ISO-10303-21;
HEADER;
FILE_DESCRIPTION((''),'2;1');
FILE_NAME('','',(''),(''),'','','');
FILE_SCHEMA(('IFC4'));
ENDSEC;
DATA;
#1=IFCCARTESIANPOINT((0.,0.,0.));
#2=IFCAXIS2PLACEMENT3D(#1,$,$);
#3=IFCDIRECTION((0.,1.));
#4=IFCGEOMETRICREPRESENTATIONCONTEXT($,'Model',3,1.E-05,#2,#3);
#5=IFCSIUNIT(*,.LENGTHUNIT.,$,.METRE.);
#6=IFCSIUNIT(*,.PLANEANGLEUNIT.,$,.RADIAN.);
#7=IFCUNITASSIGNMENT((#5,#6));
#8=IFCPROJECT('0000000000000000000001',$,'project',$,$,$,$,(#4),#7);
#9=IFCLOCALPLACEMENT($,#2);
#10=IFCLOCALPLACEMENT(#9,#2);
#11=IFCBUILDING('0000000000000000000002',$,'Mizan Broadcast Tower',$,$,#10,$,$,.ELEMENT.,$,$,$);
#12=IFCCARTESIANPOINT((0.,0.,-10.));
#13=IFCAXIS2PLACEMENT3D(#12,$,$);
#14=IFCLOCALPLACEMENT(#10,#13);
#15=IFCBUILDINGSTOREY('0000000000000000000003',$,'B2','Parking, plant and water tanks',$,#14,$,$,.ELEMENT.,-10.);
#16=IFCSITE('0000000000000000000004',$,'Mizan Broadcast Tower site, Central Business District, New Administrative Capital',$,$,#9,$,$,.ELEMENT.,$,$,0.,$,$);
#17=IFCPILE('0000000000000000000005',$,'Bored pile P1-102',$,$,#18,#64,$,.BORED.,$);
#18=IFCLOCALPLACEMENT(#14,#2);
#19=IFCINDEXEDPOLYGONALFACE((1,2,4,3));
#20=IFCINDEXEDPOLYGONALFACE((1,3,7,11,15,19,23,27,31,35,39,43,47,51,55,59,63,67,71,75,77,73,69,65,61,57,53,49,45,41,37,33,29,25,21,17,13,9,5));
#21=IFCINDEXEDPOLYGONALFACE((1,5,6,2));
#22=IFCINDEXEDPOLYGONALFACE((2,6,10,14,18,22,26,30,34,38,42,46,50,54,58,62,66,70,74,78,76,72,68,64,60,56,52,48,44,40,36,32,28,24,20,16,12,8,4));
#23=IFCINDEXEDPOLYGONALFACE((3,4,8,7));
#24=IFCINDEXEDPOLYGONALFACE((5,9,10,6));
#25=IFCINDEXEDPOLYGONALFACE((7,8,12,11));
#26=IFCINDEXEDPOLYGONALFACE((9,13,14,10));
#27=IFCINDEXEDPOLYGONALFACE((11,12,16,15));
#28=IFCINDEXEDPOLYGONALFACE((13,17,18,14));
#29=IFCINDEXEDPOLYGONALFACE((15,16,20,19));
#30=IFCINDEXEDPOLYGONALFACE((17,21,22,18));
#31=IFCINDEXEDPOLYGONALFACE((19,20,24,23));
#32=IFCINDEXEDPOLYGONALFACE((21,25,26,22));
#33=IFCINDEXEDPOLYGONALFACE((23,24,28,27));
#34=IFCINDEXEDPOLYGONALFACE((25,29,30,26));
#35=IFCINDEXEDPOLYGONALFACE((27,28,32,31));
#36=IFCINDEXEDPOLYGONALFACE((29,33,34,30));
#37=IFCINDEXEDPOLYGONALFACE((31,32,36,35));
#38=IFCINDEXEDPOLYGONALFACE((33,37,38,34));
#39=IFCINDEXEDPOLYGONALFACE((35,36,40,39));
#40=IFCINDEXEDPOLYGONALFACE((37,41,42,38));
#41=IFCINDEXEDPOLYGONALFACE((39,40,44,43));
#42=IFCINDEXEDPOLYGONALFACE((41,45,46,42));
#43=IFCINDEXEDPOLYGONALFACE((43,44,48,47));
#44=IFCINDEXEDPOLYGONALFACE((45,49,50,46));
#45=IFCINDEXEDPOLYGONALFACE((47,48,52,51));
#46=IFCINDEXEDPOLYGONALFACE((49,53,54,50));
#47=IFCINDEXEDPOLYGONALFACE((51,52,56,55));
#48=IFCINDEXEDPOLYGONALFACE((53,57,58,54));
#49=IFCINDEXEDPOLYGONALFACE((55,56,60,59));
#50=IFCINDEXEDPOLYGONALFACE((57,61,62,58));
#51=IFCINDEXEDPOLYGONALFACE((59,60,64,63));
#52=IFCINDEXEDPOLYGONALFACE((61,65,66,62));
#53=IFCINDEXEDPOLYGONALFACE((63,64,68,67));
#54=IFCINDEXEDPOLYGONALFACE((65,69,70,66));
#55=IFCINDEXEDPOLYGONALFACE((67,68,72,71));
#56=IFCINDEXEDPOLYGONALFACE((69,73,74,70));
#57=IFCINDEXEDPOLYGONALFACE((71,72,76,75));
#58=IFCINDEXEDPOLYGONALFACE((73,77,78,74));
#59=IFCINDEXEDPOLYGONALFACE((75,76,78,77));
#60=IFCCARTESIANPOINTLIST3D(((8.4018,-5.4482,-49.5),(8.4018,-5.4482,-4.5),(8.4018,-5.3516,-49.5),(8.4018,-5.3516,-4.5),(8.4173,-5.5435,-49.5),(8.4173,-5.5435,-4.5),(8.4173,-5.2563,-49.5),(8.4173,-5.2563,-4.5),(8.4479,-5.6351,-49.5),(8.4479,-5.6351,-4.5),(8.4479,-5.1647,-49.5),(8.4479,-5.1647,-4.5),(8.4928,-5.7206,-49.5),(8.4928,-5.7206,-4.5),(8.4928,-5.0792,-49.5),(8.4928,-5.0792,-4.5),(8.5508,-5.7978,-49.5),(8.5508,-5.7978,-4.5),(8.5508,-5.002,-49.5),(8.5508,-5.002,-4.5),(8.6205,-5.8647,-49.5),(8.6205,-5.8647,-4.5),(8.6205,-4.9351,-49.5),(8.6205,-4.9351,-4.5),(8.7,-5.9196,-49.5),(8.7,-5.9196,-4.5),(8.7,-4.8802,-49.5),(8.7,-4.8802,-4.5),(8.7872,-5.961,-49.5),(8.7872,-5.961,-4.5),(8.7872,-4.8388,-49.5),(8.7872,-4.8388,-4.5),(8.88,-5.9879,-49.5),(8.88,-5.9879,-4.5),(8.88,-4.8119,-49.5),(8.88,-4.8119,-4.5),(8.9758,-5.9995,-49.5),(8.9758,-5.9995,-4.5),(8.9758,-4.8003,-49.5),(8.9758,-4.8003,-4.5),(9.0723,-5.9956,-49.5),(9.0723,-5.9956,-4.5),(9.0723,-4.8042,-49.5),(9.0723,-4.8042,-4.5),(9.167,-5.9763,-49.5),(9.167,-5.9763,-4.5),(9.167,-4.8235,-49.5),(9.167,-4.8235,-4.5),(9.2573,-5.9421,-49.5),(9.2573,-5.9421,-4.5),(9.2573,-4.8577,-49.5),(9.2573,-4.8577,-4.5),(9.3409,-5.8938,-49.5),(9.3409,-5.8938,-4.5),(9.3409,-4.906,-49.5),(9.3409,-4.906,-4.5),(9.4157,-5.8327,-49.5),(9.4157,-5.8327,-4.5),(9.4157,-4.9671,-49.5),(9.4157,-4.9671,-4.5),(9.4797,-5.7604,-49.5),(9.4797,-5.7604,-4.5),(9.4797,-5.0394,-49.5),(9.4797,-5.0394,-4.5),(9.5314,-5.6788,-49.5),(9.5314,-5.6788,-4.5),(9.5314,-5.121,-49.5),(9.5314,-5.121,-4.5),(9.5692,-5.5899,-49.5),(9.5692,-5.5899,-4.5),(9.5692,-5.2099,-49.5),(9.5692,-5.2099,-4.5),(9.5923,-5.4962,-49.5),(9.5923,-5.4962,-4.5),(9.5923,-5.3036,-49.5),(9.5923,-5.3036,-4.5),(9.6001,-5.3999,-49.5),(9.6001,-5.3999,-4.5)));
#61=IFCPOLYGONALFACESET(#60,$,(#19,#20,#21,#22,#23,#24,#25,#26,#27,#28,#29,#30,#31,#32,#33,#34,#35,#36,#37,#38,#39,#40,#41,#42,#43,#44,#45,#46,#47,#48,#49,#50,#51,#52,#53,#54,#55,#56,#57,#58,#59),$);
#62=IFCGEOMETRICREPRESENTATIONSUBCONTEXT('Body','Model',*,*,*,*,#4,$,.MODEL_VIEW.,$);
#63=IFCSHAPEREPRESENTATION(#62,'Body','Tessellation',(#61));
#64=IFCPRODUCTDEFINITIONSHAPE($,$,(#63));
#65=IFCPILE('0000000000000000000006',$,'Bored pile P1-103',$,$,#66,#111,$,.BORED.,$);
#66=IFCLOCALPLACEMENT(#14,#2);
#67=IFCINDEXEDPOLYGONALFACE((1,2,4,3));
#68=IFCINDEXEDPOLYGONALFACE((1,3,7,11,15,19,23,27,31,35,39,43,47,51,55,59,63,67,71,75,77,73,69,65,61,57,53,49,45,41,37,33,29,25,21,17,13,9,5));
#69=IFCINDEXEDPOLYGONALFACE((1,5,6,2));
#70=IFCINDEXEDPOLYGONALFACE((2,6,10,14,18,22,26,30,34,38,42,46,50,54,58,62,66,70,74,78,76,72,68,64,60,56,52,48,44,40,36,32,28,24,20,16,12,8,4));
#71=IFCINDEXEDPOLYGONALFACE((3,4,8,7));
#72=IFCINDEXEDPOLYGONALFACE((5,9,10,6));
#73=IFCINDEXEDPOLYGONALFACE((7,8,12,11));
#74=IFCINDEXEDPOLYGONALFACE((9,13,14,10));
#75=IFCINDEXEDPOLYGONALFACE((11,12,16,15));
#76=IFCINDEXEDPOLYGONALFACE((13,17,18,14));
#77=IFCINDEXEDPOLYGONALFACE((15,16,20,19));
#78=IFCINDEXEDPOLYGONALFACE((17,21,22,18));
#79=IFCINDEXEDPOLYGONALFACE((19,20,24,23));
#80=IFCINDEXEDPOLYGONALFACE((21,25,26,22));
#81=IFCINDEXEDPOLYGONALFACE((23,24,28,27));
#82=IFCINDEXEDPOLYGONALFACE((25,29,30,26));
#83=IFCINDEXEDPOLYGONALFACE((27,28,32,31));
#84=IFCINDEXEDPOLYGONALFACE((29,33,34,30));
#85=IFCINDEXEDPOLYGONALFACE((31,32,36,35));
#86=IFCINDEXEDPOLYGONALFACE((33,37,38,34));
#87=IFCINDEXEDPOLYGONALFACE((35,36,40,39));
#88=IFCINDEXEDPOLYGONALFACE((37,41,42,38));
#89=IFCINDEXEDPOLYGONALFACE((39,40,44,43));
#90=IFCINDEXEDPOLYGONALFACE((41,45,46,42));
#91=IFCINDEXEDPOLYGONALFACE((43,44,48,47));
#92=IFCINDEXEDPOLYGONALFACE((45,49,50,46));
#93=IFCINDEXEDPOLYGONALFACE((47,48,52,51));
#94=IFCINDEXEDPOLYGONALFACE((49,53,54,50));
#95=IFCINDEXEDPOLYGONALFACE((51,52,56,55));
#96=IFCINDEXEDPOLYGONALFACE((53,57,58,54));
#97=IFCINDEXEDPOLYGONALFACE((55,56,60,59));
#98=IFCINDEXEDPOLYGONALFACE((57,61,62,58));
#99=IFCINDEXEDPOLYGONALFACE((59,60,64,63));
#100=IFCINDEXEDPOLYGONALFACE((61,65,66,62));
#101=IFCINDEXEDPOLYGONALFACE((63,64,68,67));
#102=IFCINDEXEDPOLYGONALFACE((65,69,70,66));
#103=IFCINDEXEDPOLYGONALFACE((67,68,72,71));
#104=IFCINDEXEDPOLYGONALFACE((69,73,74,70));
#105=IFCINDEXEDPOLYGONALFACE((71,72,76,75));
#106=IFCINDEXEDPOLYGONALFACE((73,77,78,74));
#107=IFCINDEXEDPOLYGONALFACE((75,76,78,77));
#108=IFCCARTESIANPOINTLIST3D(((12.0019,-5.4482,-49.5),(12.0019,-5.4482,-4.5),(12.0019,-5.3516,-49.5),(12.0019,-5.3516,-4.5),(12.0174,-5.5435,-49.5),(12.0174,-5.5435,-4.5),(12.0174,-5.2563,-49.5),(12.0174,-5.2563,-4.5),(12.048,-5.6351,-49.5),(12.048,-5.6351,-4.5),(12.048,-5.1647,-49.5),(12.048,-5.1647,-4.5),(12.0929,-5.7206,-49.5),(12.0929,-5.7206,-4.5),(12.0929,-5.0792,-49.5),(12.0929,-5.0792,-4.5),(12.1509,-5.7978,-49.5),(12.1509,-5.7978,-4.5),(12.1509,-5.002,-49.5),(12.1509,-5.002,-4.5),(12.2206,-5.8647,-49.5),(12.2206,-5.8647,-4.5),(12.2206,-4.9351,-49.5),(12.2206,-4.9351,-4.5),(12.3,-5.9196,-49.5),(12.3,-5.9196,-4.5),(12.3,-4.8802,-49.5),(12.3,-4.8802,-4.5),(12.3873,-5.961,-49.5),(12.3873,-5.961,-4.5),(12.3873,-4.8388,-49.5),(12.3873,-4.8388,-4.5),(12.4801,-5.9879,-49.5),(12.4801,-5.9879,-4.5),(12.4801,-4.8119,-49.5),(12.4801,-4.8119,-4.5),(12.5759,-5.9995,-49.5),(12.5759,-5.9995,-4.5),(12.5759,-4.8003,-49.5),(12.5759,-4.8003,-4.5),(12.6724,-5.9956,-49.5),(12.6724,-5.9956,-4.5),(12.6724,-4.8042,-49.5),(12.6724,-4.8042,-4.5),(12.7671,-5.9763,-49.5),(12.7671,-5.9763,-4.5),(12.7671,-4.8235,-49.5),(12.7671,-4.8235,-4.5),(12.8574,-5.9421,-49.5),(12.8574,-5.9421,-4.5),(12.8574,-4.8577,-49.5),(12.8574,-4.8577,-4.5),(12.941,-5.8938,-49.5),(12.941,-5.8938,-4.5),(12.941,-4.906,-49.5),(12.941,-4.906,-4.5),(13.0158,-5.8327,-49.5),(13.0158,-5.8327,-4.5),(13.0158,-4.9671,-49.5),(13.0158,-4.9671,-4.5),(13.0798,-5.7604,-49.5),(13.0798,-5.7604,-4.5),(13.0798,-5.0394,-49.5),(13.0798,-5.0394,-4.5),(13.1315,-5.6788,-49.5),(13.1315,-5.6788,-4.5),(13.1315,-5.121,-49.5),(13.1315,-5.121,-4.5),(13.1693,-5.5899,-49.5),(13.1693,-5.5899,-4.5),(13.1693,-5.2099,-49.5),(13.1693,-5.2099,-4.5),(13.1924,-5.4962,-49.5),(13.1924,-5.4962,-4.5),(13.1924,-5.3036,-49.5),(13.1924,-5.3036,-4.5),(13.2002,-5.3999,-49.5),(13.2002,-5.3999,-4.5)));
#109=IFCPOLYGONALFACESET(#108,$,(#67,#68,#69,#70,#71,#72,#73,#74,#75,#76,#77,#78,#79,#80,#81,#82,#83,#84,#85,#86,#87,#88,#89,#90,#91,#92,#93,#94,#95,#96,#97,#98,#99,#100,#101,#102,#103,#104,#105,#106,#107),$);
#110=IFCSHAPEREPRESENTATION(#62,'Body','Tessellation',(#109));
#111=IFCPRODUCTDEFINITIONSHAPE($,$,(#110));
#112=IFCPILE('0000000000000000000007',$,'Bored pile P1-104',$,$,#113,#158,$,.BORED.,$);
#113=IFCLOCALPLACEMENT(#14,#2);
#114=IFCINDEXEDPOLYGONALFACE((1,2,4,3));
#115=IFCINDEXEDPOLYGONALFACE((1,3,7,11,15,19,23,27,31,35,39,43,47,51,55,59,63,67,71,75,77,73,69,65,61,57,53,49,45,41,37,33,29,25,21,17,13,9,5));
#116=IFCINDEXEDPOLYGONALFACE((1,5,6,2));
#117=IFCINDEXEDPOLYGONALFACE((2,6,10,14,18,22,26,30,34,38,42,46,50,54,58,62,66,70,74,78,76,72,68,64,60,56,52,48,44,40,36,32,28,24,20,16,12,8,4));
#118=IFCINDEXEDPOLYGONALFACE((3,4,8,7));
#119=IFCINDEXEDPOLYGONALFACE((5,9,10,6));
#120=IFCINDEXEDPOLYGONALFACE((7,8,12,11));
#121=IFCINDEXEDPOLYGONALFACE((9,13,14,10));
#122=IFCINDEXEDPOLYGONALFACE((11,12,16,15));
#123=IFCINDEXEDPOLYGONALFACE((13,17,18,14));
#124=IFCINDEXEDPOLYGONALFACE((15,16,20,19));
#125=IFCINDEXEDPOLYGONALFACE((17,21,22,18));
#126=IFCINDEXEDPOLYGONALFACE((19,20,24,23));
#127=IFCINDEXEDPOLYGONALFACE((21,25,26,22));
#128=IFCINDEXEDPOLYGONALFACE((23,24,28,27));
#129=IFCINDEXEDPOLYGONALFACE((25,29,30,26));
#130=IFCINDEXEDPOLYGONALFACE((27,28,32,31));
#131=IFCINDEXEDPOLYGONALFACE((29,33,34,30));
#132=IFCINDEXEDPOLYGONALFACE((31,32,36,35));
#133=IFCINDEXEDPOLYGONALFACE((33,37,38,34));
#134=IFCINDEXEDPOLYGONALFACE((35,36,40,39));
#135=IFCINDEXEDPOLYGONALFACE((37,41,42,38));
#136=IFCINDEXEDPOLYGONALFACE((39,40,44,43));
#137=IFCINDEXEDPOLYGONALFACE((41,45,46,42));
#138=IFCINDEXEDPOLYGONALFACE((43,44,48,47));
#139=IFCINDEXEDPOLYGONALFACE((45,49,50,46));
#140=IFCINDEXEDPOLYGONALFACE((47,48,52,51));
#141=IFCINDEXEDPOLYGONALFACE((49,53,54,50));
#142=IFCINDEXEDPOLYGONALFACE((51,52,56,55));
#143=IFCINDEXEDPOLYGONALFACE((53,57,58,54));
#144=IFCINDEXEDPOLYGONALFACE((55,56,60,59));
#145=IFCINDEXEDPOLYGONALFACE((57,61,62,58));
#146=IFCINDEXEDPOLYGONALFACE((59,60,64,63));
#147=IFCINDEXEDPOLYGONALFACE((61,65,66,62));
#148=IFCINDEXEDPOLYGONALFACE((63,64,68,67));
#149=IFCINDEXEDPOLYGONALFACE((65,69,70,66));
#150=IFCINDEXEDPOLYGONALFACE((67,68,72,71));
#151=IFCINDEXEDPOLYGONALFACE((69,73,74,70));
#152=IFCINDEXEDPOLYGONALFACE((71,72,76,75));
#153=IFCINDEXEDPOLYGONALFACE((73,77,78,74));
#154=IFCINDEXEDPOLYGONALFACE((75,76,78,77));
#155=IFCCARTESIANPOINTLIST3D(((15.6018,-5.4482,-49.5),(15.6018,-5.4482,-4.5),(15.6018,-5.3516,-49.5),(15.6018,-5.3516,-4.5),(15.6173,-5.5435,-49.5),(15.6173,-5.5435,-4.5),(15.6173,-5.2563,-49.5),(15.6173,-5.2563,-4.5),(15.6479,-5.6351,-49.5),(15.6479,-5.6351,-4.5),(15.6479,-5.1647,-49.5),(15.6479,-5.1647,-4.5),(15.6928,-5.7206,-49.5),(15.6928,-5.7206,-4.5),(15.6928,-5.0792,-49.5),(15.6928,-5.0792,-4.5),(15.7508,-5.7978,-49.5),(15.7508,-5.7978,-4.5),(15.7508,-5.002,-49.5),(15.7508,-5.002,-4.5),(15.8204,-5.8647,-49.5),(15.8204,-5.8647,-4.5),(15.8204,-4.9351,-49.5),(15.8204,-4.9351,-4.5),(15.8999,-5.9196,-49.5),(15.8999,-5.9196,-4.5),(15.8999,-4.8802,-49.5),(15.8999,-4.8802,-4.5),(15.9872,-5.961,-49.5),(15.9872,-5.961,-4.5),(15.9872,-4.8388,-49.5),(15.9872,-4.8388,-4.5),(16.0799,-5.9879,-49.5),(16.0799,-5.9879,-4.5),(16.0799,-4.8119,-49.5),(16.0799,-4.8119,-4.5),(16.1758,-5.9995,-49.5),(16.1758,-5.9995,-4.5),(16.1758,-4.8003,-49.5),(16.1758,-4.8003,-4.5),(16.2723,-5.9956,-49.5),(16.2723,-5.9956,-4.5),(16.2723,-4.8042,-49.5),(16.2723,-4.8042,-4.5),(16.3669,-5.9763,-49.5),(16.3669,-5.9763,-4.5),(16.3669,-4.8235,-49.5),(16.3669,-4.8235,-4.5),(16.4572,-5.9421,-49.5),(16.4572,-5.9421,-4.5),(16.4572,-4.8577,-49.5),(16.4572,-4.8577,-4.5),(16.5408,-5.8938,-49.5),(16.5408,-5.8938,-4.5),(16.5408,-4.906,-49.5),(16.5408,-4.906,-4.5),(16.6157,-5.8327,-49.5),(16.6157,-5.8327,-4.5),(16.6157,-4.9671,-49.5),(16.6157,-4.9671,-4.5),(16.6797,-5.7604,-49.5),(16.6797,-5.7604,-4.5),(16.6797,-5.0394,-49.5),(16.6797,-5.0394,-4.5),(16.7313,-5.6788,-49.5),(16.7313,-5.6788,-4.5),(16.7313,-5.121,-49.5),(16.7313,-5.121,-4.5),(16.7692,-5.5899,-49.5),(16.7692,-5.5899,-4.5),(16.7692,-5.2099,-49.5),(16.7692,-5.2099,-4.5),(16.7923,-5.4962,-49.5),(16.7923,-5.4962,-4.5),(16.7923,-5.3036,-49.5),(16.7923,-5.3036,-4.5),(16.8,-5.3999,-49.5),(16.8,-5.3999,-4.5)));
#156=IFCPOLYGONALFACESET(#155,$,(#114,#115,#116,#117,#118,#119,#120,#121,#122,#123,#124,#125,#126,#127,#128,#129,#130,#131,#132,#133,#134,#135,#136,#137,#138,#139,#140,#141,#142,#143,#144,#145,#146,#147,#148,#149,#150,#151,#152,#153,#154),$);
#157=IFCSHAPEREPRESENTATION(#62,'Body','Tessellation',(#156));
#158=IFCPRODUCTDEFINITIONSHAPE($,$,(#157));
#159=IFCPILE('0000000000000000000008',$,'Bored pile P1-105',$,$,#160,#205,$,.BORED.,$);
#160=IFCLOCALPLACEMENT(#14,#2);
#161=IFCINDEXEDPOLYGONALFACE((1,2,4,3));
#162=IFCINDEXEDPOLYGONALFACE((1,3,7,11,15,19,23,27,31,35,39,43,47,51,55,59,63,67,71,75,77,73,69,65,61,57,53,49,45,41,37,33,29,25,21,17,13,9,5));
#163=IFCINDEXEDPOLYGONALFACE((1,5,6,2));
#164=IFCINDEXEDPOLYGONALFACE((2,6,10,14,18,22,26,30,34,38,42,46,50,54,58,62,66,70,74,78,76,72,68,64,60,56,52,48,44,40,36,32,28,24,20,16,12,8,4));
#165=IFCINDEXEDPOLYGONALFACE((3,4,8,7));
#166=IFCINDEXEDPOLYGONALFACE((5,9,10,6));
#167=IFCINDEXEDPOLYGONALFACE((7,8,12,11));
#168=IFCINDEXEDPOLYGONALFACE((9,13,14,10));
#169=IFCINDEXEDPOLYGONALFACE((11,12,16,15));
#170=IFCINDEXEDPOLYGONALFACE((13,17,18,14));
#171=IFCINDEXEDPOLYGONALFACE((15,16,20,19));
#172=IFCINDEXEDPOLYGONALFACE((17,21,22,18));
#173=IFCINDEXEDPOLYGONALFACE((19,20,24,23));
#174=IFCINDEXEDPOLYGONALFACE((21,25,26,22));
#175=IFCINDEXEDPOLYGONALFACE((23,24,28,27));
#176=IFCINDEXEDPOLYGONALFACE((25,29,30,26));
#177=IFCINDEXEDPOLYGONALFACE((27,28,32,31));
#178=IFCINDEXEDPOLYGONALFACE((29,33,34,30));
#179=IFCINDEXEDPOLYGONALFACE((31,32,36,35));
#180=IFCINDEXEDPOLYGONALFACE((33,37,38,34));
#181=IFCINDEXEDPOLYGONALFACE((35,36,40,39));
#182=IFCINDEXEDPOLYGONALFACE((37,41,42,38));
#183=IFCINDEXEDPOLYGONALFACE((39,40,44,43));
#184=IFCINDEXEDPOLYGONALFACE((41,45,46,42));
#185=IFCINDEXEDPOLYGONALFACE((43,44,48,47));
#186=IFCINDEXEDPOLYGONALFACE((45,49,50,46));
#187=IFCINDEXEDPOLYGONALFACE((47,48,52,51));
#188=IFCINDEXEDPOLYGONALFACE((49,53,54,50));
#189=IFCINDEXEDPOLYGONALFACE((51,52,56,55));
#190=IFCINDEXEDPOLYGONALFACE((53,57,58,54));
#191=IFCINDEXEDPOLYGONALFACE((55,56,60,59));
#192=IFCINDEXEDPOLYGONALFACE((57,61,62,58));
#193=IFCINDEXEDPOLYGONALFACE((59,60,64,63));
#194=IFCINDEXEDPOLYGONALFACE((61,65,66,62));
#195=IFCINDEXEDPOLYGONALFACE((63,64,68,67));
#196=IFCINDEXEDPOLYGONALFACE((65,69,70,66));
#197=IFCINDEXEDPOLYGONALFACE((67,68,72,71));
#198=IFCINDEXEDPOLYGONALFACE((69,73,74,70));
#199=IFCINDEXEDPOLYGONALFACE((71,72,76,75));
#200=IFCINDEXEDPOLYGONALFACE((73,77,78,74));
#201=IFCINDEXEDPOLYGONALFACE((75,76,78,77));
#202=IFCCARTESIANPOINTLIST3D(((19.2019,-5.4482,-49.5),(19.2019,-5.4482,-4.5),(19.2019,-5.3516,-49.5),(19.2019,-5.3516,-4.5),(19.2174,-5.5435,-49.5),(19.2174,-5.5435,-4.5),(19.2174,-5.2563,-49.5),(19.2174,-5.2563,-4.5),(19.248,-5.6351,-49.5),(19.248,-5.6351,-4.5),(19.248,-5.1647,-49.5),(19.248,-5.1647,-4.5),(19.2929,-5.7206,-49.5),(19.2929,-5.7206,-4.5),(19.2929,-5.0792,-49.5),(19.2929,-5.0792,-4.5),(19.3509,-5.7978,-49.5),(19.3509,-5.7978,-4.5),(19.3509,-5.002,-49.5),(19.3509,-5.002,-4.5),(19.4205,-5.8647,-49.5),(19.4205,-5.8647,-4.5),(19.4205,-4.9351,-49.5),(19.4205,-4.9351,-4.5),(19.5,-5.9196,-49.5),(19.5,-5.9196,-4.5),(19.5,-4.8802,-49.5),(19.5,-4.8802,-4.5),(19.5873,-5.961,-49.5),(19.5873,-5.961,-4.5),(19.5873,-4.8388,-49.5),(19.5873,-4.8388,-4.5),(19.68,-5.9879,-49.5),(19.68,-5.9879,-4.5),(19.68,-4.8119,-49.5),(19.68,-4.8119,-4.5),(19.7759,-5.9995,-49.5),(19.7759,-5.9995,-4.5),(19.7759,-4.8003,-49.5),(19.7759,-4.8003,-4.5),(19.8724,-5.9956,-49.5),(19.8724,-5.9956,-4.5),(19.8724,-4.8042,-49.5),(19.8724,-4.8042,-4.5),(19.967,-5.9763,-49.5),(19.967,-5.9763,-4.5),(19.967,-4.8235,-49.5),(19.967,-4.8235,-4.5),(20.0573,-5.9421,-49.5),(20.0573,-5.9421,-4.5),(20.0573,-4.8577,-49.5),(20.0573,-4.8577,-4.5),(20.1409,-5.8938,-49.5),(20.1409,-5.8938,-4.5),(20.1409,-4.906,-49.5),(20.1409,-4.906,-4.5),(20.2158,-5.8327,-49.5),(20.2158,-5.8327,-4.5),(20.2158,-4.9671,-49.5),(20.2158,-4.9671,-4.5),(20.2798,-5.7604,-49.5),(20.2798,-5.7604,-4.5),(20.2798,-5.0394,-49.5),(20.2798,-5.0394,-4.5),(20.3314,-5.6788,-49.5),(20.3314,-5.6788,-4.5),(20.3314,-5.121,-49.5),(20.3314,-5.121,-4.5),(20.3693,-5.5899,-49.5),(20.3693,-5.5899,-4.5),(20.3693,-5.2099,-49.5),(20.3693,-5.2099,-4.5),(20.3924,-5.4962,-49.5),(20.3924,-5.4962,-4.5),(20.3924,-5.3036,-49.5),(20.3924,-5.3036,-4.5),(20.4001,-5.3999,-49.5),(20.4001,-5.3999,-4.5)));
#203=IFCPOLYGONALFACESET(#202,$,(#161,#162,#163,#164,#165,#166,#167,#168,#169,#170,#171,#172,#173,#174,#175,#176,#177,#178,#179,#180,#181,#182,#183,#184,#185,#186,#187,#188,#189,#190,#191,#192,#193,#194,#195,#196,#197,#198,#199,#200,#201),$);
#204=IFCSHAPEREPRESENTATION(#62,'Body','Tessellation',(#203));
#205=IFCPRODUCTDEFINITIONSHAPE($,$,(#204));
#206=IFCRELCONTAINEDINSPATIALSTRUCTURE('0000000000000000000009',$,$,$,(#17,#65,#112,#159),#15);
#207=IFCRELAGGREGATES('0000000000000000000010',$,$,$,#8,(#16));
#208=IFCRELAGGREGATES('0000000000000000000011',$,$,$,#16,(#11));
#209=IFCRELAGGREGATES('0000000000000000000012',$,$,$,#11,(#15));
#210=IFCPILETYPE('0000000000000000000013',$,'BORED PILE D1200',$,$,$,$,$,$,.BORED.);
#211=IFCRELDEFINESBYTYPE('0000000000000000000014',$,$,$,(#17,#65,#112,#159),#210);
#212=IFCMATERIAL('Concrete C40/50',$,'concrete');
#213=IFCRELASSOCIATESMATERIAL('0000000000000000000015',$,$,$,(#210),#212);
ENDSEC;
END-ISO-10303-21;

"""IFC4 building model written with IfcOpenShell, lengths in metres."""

from ifc_helpers import new_model, si_unit, direction, frame, origin, origin_2d, place, context, subcontext, project, spatial, circle, extrude, material, material_profile, profile_set, type_object, element, save


model = new_model("IFC4")

# Units and contexts
model_context = context("Model", 3, precision=1e-05, world=origin(), true_north=direction((0.0, 1.0)))
body_context = subcontext(model_context, "Body", "Model", "MODEL_VIEW")
ifc_project = project(units=[si_unit("LENGTHUNIT", "METRE"), si_unit("PLANEANGLEUNIT", "RADIAN")], contexts=[model_context])

# Site, building, storey
site_placement = place(None, origin())
site = spatial("IfcSite", under=ifc_project, at=site_placement, Name="Mizan Broadcast Tower site, Central Business District, New Administrative Capital", CompositionType="ELEMENT", RefElevation=0.0)
building_placement = place(site_placement, origin())
building = spatial("IfcBuilding", under=site, at=building_placement, Name="Mizan Broadcast Tower", CompositionType="ELEMENT")
storey_placement = place(building_placement, frame((0.0, 0.0, -10.0)))
storey = spatial("IfcBuildingStorey", under=building, at=storey_placement, Name="B2", Description="Parking, plant and water tanks", CompositionType="ELEMENT", Elevation=-10.0)

# Piles
ifc_material_1 = material(Name="Concrete C40/50", Category="concrete")
ifc_material_profile_1 = material_profile(ifc_material_1, circle(Radius=0.6001, at=origin_2d()), Name="D1200")
ifc_profile_set_1 = profile_set([ifc_material_profile_1], Name="Concrete C40/50")
pile_type = type_object("IfcPileType", Name="BORED PILE D1200", PredefinedType="BORED", material=ifc_profile_set_1)
for number, where, z_axis, x_axis, name in (
    (1, (9.0, -5.3999, -4.5), (0.0, 0.0, -1.0), (1.0, 0.0, 0.0), "Bored pile P1-102"),
    (2, (12.6001, -5.3999, -4.5), (0.0, 0.0, -1.0), (1.0, 0.0, 0.0), "Bored pile P1-103"),
    (3, (16.2, -5.3999, -4.5), (0.0, 0.0, -1.0), (1.0, 0.0, 0.0), "Bored pile P1-104"),
    (4, (19.8, -5.3999, -4.5), (0.0, 0.0, -1.0), (1.0, 0.0, 0.0), "Bored pile P1-105"),
):
    element("IfcPile", number, at=place(storey_placement, frame(where, z_axis=z_axis, x_axis=x_axis)), inside=storey, type_object=pile_type, Name=name, PredefinedType="BORED", context=body_context, shape_type="SweptSolid", body=[
        extrude(circle(Radius=0.6001, at=origin_2d()), origin(), (0.0, 0.0, 1.0), 45.0),
    ])

save(model, "model.ifc")
